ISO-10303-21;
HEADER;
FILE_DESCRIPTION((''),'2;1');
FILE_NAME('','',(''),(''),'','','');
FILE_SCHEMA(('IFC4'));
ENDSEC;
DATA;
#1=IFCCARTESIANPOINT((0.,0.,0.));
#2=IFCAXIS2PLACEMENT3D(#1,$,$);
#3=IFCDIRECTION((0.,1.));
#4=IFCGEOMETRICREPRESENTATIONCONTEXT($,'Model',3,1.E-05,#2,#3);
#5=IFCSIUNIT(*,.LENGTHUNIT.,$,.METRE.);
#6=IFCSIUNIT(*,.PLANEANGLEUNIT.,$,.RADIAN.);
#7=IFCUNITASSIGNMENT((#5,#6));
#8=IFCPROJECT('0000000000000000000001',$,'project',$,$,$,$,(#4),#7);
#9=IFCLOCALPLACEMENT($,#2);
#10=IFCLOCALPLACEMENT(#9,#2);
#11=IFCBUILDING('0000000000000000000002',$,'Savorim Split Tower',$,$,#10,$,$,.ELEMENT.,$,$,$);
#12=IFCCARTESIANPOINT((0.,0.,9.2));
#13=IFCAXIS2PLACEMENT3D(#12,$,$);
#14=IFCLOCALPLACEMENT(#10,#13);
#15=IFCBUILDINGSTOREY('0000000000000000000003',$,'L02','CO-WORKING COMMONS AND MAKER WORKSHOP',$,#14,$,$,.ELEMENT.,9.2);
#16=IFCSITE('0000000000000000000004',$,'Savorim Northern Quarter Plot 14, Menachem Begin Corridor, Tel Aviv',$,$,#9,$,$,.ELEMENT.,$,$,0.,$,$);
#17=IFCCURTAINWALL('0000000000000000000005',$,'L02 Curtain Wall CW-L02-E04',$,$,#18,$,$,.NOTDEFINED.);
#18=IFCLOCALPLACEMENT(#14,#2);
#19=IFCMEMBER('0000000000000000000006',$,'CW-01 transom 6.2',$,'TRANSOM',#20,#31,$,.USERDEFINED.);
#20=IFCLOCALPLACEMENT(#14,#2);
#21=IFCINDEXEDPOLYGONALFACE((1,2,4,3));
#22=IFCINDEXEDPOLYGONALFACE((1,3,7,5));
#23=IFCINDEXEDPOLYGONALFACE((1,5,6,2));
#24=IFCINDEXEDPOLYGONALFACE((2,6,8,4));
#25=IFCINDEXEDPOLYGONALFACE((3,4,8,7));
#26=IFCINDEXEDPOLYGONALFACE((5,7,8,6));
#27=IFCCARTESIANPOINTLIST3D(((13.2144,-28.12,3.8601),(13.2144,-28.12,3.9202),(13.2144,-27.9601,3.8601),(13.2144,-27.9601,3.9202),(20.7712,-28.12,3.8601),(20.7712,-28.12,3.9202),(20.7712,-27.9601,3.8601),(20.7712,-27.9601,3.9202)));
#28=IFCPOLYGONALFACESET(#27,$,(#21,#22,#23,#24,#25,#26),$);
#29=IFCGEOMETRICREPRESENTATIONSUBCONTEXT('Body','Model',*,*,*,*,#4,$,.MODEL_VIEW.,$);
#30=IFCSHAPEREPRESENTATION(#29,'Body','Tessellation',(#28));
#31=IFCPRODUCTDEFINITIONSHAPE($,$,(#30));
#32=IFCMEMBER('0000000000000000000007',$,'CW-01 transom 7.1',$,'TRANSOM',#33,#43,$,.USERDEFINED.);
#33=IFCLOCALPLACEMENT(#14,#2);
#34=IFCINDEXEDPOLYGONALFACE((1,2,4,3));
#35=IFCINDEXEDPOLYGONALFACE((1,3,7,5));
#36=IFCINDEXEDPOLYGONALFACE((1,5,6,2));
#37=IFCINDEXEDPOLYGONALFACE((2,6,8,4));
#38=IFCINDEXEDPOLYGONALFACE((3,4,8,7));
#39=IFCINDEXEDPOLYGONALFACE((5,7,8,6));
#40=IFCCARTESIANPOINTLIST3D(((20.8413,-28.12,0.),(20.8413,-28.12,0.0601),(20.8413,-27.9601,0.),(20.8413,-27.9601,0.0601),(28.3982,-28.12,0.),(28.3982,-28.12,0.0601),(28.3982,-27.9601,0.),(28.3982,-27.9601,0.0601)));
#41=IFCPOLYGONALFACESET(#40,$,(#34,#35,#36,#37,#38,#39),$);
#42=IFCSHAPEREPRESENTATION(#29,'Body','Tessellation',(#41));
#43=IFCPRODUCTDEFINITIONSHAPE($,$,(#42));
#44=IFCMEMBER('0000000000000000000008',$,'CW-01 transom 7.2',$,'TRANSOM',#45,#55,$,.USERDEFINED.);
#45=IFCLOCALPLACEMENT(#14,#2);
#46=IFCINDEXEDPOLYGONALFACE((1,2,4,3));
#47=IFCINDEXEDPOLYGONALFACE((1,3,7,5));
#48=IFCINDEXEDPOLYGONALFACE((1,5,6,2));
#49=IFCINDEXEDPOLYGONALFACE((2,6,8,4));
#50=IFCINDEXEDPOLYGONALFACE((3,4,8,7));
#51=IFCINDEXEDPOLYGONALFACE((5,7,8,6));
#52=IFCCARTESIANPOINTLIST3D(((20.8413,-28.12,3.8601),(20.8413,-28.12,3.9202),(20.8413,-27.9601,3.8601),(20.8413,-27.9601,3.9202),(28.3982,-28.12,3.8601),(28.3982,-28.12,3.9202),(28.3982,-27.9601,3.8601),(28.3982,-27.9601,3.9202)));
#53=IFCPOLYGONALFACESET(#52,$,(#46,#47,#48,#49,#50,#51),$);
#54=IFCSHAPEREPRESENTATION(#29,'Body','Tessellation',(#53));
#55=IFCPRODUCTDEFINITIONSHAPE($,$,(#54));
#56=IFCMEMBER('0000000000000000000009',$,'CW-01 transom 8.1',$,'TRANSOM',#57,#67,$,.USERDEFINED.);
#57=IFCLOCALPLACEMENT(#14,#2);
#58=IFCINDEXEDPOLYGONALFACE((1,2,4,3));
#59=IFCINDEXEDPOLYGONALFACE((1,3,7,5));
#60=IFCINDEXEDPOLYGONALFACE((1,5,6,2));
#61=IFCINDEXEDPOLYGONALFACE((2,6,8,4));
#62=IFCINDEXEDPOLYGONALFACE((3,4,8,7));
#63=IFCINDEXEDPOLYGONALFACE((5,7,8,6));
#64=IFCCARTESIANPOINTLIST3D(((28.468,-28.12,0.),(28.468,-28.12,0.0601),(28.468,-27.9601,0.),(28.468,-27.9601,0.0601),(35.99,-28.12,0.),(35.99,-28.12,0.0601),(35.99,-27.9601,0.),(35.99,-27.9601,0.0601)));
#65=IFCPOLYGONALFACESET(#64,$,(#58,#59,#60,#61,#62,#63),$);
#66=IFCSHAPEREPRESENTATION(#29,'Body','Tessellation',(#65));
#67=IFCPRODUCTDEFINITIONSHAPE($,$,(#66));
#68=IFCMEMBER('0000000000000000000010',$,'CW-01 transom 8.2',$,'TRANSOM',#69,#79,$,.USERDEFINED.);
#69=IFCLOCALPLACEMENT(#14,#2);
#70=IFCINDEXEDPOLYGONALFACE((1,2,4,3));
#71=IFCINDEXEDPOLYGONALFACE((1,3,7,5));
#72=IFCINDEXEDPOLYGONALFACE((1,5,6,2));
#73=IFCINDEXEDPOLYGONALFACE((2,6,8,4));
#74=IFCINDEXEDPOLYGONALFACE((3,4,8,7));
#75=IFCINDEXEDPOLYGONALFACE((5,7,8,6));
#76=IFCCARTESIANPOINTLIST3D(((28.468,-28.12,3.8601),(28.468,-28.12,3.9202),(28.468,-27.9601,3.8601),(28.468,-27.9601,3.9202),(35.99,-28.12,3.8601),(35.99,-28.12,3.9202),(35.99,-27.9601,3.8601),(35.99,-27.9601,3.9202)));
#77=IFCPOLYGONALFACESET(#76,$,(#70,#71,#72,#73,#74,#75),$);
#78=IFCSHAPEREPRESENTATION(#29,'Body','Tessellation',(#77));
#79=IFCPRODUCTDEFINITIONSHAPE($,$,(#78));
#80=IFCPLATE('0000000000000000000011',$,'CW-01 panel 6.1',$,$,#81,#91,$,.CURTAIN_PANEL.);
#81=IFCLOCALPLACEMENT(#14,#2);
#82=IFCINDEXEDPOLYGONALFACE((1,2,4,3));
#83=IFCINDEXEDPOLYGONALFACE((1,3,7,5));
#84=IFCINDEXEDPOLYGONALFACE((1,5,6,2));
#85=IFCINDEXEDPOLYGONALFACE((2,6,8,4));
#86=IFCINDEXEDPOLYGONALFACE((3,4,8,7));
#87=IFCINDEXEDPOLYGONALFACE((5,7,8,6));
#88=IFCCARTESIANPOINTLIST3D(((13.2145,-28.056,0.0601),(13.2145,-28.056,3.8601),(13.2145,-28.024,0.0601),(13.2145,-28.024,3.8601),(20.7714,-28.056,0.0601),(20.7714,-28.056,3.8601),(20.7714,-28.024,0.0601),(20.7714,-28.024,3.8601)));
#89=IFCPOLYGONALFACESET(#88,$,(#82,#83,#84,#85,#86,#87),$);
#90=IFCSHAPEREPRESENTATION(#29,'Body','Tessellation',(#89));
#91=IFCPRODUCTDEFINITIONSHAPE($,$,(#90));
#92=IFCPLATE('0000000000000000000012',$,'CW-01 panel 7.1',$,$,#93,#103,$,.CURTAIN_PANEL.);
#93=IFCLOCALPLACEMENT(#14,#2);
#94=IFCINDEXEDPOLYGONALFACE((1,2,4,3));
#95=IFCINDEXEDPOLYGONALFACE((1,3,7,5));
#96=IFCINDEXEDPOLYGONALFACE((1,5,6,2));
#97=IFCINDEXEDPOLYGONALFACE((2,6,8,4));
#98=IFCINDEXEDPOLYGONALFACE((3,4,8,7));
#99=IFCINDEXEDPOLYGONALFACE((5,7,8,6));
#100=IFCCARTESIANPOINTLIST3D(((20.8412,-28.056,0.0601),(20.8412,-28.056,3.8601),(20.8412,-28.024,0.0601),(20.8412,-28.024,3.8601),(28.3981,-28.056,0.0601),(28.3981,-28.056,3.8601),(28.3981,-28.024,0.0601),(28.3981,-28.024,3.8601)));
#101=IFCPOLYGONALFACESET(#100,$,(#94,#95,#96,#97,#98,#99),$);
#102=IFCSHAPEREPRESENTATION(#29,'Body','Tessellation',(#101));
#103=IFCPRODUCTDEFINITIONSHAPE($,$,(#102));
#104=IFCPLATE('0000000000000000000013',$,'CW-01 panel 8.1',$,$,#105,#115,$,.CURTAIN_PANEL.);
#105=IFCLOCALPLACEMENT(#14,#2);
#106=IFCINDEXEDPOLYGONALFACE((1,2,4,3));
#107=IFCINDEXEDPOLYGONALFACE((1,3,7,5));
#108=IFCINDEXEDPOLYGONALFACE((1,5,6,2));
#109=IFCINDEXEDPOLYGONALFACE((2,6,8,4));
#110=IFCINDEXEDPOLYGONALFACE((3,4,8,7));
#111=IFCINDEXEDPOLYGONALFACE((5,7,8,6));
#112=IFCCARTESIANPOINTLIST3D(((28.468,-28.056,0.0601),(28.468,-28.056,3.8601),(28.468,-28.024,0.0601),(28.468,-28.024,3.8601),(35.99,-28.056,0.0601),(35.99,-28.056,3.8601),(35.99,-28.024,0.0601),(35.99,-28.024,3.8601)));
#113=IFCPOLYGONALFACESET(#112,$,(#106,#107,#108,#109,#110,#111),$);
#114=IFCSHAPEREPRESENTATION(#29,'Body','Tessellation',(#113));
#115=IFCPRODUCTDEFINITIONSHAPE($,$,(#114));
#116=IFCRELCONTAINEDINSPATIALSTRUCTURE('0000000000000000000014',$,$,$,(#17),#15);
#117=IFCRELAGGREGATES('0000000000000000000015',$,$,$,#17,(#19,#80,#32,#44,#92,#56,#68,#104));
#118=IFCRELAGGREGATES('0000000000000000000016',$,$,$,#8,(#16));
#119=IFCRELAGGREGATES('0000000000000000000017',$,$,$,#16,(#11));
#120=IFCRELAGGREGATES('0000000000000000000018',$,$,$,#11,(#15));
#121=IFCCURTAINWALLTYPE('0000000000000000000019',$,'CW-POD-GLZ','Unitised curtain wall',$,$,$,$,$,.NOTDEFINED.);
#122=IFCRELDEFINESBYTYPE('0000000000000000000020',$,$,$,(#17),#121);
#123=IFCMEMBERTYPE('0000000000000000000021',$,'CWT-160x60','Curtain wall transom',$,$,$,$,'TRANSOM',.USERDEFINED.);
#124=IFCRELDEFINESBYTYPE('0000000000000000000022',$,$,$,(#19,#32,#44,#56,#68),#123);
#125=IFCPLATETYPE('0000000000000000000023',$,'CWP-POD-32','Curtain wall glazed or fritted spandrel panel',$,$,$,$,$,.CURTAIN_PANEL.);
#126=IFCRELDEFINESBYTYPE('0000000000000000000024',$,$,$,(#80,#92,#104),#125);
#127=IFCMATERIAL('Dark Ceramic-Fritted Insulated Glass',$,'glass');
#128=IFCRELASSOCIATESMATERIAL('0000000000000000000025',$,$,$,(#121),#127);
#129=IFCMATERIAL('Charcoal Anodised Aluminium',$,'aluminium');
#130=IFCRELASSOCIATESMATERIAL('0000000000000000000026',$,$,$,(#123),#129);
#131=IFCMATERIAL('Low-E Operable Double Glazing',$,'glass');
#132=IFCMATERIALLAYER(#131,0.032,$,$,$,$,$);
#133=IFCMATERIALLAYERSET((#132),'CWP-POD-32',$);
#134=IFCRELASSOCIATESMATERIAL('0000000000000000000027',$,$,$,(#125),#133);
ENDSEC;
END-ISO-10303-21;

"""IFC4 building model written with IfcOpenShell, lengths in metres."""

from ifc_helpers import new_model, si_unit, direction, frame, origin, origin_2d, place, context, subcontext, project, spatial, rectangle, extrude, material, layer, layer_set, material_profile, profile_set, type_object, element, aggregate, save


model = new_model("IFC4")

# Units and contexts
model_context = context("Model", 3, precision=1e-05, world=origin(), true_north=direction((0.0, 1.0)))
body_context = subcontext(model_context, "Body", "Model", "MODEL_VIEW")
ifc_project = project(units=[si_unit("LENGTHUNIT", "METRE"), si_unit("PLANEANGLEUNIT", "RADIAN")], contexts=[model_context])

# Site, building, storey
site_placement = place(None, origin())
site = spatial("IfcSite", under=ifc_project, at=site_placement, Name="Savorim Northern Quarter Plot 14, Menachem Begin Corridor, Tel Aviv", CompositionType="ELEMENT", RefElevation=0.0)
building_placement = place(site_placement, origin())
building = spatial("IfcBuilding", under=site, at=building_placement, Name="Savorim Split Tower", CompositionType="ELEMENT")
storey_placement = place(building_placement, frame((0.0, 0.0, 9.2)))
storey = spatial("IfcBuildingStorey", under=building, at=storey_placement, Name="L02", Description="CO-WORKING COMMONS AND MAKER WORKSHOP", CompositionType="ELEMENT", Elevation=9.2)

# Curtain wall, members, plates
ifc_material_1 = material(Name="Dark Ceramic-Fritted Insulated Glass", Category="glass")
curtain_wall_type = type_object("IfcCurtainWallType", Name="CW-POD-GLZ", Description="Unitised curtain wall", PredefinedType="NOTDEFINED", material=ifc_material_1)
curtain_wall_placement = place(storey_placement, origin())
curtain_wall = element("IfcCurtainWall", 1, at=curtain_wall_placement, inside=storey, type_object=curtain_wall_type, Name="L02 Curtain Wall CW-L02-E04", PredefinedType="NOTDEFINED")
ifc_material_2 = material(Name="Charcoal Anodised Aluminium", Category="aluminium")
ifc_material_profile_1 = material_profile(ifc_material_2, rectangle(XDim=0.1599, YDim=0.0601, at=origin_2d()), Name="ALU-T 160x60")
ifc_profile_set_1 = profile_set([ifc_material_profile_1], Name="Charcoal Anodised Aluminium")
member_type_1 = type_object("IfcMemberType", Name="CWT-160x60", Description="Curtain wall transom", ElementType="TRANSOM", PredefinedType="USERDEFINED", material=ifc_profile_set_1)
member_1_placement = place(storey_placement, frame((13.2144, -28.04, 3.8901), z_axis=(1.0, 0.0, 0.0), x_axis=(0.0, 1.0, 0.0)))
member_1 = element("IfcMember", 2, at=member_1_placement, type_object=member_type_1, Name="CW-01 transom 6.2", ObjectType="TRANSOM", PredefinedType="USERDEFINED", context=body_context, shape_type="SweptSolid", body=[
    extrude(rectangle(XDim=0.1599, YDim=0.0601, at=origin_2d()), origin(), (0.0, 0.0, 1.0), 7.5569),
])
member_2_placement = place(storey_placement, frame((20.8413, -28.04, 0.03), z_axis=(1.0, 0.0, 0.0), x_axis=(0.0, 1.0, 0.0)))
member_2 = element("IfcMember", 3, at=member_2_placement, type_object=member_type_1, Name="CW-01 transom 7.1", ObjectType="TRANSOM", PredefinedType="USERDEFINED", context=body_context, shape_type="SweptSolid", body=[
    extrude(rectangle(XDim=0.1599, YDim=0.0601, at=origin_2d()), origin(), (0.0, 0.0, 1.0), 7.5569),
])
member_3_placement = place(storey_placement, frame((20.8413, -28.04, 3.8901), z_axis=(1.0, 0.0, 0.0), x_axis=(0.0, 1.0, 0.0)))
member_3 = element("IfcMember", 4, at=member_3_placement, type_object=member_type_1, Name="CW-01 transom 7.2", ObjectType="TRANSOM", PredefinedType="USERDEFINED", context=body_context, shape_type="SweptSolid", body=[
    extrude(rectangle(XDim=0.1599, YDim=0.0601, at=origin_2d()), origin(), (0.0, 0.0, 1.0), 7.5569),
])
member_4_placement = place(storey_placement, frame((28.468, -28.04, 0.03), z_axis=(1.0, 0.0, 0.0), x_axis=(0.0, 1.0, 0.0)))
member_4 = element("IfcMember", 5, at=member_4_placement, type_object=member_type_1, Name="CW-01 transom 8.1", ObjectType="TRANSOM", PredefinedType="USERDEFINED", context=body_context, shape_type="SweptSolid", body=[
    extrude(rectangle(XDim=0.1599, YDim=0.0601, at=origin_2d()), origin(), (0.0, 0.0, 1.0), 7.522),
])
member_5_placement = place(storey_placement, frame((28.468, -28.04, 3.8901), z_axis=(1.0, 0.0, 0.0), x_axis=(0.0, 1.0, 0.0)))
member_5 = element("IfcMember", 6, at=member_5_placement, type_object=member_type_1, Name="CW-01 transom 8.2", ObjectType="TRANSOM", PredefinedType="USERDEFINED", context=body_context, shape_type="SweptSolid", body=[
    extrude(rectangle(XDim=0.1599, YDim=0.0601, at=origin_2d()), origin(), (0.0, 0.0, 1.0), 7.522),
])
ifc_material_3 = material(Name="Low-E Operable Double Glazing", Category="glass")
ifc_layer = layer(ifc_material_3, 0.032)
ifc_layer_set = layer_set([ifc_layer], Name="CWP-POD-32")
plate_type = type_object("IfcPlateType", Name="CWP-POD-32", Description="Curtain wall glazed or fritted spandrel panel", PredefinedType="CURTAIN_PANEL", material=ifc_layer_set)
plate_1_placement = place(storey_placement, frame((16.9929, -28.04, 0.0601), z_axis=(0.0, 0.0, 1.0), x_axis=(1.0, 0.0, 0.0)))
plate_1 = element("IfcPlate", 7, at=plate_1_placement, type_object=plate_type, Name="CW-01 panel 6.1", PredefinedType="CURTAIN_PANEL", context=body_context, shape_type="SweptSolid", body=[
    extrude(rectangle(XDim=7.5569, YDim=0.032, at=origin_2d()), origin(), (0.0, 0.0, 1.0), 3.8),
])
plate_2_placement = place(storey_placement, frame((24.6196, -28.04, 0.0601), z_axis=(0.0, 0.0, 1.0), x_axis=(1.0, 0.0, 0.0)))
plate_2 = element("IfcPlate", 8, at=plate_2_placement, type_object=plate_type, Name="CW-01 panel 7.1", PredefinedType="CURTAIN_PANEL", context=body_context, shape_type="SweptSolid", body=[
    extrude(rectangle(XDim=7.5569, YDim=0.032, at=origin_2d()), origin(), (0.0, 0.0, 1.0), 3.8),
])
plate_3_placement = place(storey_placement, frame((32.229, -28.04, 0.0601), z_axis=(0.0, 0.0, 1.0), x_axis=(1.0, 0.0, 0.0)))
plate_3 = element("IfcPlate", 9, at=plate_3_placement, type_object=plate_type, Name="CW-01 panel 8.1", PredefinedType="CURTAIN_PANEL", context=body_context, shape_type="SweptSolid", body=[
    extrude(rectangle(XDim=7.522, YDim=0.032, at=origin_2d()), origin(), (0.0, 0.0, 1.0), 3.8),
])
aggregate(curtain_wall, [member_1, plate_1, member_2, member_3, plate_2, member_4, member_5, plate_3])

save(model, "model.ifc")
